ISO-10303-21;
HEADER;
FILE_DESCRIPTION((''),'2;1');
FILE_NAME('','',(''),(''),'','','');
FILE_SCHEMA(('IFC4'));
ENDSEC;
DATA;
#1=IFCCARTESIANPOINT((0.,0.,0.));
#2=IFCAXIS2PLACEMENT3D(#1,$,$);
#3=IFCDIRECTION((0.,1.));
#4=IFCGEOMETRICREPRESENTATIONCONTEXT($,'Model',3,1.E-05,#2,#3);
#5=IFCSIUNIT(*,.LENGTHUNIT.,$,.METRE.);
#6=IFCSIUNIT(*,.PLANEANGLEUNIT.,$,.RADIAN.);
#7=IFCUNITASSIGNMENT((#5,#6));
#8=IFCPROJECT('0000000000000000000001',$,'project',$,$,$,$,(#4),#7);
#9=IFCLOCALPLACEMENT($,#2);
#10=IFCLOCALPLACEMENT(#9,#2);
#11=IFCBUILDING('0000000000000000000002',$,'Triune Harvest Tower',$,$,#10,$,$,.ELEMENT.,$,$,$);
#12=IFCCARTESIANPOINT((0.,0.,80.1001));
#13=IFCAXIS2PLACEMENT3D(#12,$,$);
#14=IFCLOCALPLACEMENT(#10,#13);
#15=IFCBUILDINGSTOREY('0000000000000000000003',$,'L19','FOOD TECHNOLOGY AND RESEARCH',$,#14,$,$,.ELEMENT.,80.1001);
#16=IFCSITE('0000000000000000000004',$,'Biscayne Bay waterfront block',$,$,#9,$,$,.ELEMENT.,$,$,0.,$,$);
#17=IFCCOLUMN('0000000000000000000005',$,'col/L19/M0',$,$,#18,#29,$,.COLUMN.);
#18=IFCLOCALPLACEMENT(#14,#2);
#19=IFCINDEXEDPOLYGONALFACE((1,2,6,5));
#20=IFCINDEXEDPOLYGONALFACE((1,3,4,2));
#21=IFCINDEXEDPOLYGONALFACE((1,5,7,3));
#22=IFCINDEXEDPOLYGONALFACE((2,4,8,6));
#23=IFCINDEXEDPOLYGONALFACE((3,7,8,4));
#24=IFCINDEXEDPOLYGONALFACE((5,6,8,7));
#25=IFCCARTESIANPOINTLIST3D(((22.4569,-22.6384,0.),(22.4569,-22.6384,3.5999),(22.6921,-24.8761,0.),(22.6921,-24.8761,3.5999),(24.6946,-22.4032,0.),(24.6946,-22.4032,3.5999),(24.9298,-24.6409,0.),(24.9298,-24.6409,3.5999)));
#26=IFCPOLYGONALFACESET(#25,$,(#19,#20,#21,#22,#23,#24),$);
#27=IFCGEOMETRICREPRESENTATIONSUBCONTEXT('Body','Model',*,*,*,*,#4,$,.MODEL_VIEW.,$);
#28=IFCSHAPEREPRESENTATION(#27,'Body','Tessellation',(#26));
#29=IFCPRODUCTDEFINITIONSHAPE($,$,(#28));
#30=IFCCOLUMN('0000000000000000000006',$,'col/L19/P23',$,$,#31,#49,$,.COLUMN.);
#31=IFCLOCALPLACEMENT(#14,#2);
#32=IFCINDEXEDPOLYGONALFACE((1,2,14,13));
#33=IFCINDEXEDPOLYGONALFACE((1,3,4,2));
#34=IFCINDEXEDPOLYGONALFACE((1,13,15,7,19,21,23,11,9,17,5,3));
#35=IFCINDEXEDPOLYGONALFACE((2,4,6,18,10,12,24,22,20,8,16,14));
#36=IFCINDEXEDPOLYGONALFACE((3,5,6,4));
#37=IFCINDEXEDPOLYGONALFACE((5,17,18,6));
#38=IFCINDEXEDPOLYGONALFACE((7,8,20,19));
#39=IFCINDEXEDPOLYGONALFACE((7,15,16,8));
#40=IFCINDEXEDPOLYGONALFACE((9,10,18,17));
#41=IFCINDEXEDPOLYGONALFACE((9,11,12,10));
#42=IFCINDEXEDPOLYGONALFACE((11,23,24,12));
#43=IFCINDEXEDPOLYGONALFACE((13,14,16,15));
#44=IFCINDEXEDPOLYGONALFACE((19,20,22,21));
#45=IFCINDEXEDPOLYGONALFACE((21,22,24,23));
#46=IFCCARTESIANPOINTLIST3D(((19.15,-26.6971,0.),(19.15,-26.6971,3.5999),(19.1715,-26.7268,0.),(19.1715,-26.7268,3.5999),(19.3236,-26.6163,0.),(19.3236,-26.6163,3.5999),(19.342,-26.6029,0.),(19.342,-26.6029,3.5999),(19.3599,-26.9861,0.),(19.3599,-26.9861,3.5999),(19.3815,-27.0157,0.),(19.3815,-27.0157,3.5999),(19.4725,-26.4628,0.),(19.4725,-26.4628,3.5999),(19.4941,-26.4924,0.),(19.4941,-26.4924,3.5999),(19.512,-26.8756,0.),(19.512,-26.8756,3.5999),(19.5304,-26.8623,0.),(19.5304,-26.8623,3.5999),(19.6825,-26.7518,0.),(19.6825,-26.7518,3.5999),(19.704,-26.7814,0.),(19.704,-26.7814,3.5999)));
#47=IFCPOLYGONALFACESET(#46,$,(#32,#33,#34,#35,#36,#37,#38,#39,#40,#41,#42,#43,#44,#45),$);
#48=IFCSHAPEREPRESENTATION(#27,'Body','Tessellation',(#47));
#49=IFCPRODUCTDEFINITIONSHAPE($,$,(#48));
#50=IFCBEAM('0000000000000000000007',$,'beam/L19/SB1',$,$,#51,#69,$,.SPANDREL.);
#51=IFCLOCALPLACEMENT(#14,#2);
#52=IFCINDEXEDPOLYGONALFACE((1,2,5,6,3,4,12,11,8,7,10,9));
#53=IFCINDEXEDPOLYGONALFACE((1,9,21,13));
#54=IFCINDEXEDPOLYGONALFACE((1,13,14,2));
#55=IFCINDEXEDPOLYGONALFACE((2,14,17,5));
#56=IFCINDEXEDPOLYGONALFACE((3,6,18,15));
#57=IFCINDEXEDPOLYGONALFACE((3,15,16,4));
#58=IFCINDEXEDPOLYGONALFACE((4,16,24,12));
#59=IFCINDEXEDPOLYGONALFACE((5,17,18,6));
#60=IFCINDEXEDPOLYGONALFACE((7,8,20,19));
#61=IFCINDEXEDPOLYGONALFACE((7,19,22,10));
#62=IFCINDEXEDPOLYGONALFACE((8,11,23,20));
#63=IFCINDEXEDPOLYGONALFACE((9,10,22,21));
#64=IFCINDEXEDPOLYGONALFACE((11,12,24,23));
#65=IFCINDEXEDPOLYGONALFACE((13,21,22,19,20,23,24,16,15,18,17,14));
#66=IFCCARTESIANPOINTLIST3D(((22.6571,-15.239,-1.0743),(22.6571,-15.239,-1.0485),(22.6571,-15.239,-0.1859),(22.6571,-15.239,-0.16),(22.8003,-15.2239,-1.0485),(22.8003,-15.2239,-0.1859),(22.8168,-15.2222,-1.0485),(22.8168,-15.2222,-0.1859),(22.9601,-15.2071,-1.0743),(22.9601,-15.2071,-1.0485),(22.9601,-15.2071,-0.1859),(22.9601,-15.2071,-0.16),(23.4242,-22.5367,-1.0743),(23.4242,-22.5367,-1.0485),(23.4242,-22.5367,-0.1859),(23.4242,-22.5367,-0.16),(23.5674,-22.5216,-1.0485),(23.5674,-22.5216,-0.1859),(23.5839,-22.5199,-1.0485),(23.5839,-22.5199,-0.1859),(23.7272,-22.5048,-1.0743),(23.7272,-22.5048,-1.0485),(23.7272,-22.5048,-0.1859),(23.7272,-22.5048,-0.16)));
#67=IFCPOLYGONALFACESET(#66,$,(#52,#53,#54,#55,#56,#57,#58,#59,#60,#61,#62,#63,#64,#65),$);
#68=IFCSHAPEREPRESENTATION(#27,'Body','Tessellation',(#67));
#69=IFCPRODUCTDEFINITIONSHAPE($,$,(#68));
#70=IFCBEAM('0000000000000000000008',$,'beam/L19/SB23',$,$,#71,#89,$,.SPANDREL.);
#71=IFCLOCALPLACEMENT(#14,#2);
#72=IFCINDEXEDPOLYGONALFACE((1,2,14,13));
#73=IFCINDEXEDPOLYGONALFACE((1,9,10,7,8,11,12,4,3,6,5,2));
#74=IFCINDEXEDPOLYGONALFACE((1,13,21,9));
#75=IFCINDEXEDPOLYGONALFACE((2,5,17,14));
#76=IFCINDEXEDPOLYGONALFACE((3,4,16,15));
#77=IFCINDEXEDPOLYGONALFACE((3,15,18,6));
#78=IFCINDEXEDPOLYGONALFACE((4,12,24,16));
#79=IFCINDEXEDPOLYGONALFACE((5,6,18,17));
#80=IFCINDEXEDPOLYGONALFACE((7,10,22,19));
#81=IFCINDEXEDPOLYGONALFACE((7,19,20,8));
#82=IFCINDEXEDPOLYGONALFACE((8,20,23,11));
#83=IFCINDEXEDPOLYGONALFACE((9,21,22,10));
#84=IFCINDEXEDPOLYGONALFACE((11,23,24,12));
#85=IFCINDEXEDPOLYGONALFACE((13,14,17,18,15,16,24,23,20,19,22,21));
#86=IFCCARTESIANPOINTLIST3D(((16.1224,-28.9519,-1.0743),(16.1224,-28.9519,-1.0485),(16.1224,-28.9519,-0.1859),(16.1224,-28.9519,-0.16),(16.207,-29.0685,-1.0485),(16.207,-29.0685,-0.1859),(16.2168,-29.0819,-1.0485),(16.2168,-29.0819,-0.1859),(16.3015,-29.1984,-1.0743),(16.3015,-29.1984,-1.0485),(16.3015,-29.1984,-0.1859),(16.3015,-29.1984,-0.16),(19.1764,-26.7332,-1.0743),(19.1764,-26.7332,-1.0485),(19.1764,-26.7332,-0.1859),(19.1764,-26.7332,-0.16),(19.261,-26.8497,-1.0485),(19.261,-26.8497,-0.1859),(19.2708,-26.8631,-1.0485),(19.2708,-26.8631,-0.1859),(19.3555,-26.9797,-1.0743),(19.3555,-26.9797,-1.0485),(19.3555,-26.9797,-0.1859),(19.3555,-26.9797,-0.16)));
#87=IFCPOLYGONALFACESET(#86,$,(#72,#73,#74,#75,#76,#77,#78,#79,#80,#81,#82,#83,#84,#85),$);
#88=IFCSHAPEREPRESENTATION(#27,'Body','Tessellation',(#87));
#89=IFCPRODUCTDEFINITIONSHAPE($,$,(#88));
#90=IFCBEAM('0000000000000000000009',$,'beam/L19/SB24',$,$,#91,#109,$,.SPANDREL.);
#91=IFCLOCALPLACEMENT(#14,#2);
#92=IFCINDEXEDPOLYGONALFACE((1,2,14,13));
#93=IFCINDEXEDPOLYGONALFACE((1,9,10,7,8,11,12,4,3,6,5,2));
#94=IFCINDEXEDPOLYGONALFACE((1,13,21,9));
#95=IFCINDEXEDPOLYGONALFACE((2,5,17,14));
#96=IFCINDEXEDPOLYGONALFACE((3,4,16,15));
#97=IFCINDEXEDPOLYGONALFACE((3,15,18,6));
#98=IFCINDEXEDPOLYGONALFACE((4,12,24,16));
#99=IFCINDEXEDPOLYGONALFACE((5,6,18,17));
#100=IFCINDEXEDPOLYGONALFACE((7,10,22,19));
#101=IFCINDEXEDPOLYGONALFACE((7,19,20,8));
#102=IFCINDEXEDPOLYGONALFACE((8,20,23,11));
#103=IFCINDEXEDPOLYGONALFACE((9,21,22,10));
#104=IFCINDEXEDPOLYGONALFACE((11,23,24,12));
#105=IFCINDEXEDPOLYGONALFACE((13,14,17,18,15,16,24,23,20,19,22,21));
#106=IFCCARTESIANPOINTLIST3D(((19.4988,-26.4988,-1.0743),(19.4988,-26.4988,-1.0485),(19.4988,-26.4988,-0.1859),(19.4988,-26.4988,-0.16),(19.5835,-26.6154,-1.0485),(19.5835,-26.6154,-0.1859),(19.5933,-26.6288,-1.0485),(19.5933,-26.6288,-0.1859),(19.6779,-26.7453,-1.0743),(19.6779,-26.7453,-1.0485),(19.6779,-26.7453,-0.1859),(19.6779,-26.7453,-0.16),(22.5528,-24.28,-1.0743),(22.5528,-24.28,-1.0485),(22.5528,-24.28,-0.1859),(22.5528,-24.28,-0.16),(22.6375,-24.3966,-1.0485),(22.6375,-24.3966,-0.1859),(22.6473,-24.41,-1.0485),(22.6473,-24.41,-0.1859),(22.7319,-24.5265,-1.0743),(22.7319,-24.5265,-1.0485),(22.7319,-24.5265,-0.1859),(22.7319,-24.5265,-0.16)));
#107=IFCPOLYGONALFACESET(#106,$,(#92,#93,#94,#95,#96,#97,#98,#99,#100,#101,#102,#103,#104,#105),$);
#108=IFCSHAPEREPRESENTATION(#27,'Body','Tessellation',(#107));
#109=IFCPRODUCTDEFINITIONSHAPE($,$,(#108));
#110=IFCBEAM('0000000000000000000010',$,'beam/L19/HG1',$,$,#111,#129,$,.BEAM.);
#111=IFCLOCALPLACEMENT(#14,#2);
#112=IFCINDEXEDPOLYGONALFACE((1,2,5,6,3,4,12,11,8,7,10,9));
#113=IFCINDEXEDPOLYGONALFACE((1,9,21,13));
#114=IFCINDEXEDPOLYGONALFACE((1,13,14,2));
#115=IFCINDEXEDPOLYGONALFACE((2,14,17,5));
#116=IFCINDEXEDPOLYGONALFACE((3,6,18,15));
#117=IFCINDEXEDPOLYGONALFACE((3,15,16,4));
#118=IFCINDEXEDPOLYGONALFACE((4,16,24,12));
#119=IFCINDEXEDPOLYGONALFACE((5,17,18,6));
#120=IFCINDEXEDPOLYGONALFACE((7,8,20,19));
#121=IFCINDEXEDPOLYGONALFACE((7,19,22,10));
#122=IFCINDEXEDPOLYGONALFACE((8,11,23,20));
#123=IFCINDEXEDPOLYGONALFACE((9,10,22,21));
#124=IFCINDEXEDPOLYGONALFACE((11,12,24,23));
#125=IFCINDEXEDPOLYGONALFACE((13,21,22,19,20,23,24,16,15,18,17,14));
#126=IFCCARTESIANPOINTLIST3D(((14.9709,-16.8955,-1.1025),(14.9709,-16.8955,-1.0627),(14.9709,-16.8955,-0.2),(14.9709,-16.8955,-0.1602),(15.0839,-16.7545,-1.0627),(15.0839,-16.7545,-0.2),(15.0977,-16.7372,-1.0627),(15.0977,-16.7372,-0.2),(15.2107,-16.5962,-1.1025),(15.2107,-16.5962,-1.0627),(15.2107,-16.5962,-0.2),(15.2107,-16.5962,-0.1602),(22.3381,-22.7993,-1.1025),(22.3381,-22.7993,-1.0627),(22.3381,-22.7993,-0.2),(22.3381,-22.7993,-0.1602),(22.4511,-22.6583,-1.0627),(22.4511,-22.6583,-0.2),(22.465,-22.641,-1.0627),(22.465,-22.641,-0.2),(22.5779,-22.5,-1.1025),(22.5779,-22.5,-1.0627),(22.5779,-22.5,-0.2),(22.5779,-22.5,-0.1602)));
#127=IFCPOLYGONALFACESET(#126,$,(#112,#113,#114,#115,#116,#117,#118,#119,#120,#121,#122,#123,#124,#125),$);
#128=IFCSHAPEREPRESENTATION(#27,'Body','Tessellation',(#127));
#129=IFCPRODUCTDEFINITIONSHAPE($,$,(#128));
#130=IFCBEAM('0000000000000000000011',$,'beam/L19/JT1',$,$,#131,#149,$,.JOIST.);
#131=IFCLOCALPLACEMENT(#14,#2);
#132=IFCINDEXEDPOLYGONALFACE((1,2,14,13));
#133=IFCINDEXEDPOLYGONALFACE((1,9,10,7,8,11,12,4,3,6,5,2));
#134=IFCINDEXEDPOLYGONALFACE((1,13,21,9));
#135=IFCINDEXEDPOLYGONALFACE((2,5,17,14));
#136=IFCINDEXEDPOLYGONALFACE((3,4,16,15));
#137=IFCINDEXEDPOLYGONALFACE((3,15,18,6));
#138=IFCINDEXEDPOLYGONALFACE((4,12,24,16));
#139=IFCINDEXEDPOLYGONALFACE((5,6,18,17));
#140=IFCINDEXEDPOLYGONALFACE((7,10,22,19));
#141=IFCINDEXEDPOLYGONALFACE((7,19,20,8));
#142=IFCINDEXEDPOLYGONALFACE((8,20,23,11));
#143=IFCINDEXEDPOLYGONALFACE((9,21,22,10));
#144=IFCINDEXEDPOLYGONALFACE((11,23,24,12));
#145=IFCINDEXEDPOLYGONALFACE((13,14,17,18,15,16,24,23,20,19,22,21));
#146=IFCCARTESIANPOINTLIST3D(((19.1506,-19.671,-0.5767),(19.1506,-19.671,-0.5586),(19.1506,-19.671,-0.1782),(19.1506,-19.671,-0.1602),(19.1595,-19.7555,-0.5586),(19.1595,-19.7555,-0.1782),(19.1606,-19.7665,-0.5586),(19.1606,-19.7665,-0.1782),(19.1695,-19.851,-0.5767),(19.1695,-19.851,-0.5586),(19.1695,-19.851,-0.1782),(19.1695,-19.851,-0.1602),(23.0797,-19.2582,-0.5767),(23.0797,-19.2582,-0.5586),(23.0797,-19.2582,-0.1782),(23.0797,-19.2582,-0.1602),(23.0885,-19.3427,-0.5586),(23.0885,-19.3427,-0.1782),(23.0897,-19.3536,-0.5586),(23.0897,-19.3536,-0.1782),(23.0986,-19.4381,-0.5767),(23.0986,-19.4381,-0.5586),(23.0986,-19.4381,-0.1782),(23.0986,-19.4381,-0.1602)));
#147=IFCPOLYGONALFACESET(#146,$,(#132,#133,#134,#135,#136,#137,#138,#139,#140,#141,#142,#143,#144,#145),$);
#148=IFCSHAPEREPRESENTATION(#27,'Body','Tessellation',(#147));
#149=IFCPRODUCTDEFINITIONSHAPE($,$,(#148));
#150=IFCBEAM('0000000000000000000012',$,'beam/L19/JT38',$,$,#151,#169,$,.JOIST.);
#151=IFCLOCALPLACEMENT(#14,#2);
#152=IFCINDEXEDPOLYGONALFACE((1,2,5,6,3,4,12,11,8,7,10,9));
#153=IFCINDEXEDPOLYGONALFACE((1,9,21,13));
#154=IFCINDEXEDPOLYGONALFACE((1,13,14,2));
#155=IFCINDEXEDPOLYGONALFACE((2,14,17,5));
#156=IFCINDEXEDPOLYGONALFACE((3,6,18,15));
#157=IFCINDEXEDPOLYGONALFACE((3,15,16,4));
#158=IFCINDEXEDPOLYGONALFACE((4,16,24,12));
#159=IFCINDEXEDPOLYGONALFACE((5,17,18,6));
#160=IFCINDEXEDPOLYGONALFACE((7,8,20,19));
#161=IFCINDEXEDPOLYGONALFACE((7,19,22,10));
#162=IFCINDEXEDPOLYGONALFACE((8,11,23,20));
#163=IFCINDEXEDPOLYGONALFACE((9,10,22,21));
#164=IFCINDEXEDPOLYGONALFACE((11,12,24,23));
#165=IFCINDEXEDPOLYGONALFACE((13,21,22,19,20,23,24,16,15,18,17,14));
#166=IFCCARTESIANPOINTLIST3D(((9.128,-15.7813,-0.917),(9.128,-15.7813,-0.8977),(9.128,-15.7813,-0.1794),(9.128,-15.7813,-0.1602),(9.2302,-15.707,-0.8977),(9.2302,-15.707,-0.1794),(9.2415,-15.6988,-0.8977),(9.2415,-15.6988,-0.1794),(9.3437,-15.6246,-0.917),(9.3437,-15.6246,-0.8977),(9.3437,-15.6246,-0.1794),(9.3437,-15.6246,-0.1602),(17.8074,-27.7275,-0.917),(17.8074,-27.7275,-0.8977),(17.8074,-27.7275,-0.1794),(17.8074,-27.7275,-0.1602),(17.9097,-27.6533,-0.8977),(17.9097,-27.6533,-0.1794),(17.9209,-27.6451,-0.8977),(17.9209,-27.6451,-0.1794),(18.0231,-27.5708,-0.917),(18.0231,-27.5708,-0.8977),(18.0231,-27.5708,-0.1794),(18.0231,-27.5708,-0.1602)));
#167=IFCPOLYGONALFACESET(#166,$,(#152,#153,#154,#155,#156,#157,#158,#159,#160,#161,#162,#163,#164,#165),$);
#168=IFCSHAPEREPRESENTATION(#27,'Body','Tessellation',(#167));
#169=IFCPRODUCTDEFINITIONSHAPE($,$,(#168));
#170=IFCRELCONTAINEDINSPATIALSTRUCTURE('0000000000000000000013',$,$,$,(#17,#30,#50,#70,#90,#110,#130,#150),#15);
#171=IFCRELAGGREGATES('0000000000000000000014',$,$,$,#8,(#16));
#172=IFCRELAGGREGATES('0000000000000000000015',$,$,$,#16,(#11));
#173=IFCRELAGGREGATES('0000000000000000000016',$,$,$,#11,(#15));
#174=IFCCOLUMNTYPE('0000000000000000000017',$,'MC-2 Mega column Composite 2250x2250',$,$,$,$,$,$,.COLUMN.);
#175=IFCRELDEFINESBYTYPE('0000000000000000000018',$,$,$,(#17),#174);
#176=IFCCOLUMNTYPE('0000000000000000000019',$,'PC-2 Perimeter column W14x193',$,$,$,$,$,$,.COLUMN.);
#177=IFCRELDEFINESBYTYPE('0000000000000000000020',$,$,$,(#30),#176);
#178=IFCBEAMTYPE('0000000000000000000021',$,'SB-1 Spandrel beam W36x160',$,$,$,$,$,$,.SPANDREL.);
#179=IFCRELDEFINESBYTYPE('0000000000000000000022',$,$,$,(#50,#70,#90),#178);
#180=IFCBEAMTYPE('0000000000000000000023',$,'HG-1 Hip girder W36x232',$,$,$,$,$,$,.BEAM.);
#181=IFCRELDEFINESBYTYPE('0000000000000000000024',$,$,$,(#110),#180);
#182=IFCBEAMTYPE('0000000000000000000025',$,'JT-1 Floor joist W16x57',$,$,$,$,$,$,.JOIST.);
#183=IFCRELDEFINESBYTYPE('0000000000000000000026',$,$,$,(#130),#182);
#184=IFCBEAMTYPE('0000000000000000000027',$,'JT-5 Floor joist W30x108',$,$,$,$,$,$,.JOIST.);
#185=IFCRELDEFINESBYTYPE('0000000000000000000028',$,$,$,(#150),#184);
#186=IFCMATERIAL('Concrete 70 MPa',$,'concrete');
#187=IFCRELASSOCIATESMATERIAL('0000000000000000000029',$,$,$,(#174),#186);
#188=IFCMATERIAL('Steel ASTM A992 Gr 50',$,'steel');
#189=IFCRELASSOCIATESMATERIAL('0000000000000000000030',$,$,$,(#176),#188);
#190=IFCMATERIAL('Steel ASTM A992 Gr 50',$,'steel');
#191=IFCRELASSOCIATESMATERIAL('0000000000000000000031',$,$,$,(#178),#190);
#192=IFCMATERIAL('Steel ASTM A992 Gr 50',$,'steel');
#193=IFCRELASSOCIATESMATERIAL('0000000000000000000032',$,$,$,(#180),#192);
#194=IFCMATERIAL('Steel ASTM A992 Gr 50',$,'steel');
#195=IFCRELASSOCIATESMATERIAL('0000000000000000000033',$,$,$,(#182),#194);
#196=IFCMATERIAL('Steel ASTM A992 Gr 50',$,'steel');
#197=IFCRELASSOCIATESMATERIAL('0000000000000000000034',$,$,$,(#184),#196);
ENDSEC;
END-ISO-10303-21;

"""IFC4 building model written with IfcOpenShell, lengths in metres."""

from ifc_helpers import new_model, si_unit, direction, frame, origin, origin_2d, place, context, subcontext, project, spatial, rectangle, i_section, extrude, source, transform, mapped, material, material_profile, profile_set, type_object, element, save


model = new_model("IFC4")

# Units and contexts
model_context = context("Model", 3, precision=1e-05, world=origin(), true_north=direction((0.0, 1.0)))
body_context = subcontext(model_context, "Body", "Model", "MODEL_VIEW")
ifc_project = project(units=[si_unit("LENGTHUNIT", "METRE"), si_unit("PLANEANGLEUNIT", "RADIAN")], contexts=[model_context])

# Site, building, storey
site_placement = place(None, origin())
site = spatial("IfcSite", under=ifc_project, at=site_placement, Name="Biscayne Bay waterfront block", CompositionType="ELEMENT", RefElevation=0.0)
building_placement = place(site_placement, origin())
building = spatial("IfcBuilding", under=site, at=building_placement, Name="Triune Harvest Tower", CompositionType="ELEMENT")
storey_placement = place(building_placement, frame((0.0, 0.0, 80.1001)))
storey = spatial("IfcBuildingStorey", under=building, at=storey_placement, Name="L19", Description="FOOD TECHNOLOGY AND RESEARCH", CompositionType="ELEMENT", Elevation=80.1001)

# Columns
ifc_material_1 = material(Name="Concrete 70 MPa", Category="concrete")
ifc_material_profile_1 = material_profile(ifc_material_1, rectangle(XDim=2.25, YDim=2.25, at=origin_2d()), Name="Composite 2250x2250")
ifc_profile_set_1 = profile_set([ifc_material_profile_1], Name="Concrete 70 MPa")
column_type_1 = type_object("IfcColumnType", Name="MC-2 Mega column Composite 2250x2250", PredefinedType="COLUMN", material=ifc_profile_set_1)
shared_shape_1 = source(origin(), body_context, "Body", "SweptSolid", [
    extrude(rectangle(XDim=2.25, YDim=2.25, at=origin_2d()), origin(), (0.0, 0.0, 1.0), 3.5999),
])
column_1_placement = place(storey_placement, frame((23.6934, -23.6396, 0.0), z_axis=(0.0, 0.0, 1.0), x_axis=(-0.104527, 0.994522, 0.0)))
element("IfcColumn", 1, at=column_1_placement, inside=storey, type_object=column_type_1, Name="col/L19/M0", PredefinedType="COLUMN", context=body_context, shape_type="MappedRepresentation", body=[
    mapped(shared_shape_1, transform((0.0, 0.0, 0.0), scale=1.0)),
])
ifc_material_2 = material(Name="Steel ASTM A992 Gr 50", Category="steel")
ifc_material_profile_2 = material_profile(ifc_material_2, i_section(OverallWidth=0.3987, OverallDepth=0.3938, WebThickness=0.0227, FlangeThickness=0.0366, at=origin_2d()), Name="W14x193")
ifc_profile_set_2 = profile_set([ifc_material_profile_2], Name="Steel ASTM A992 Gr 50")
column_type_2 = type_object("IfcColumnType", Name="PC-2 Perimeter column W14x193", PredefinedType="COLUMN", material=ifc_profile_set_2)
shared_shape_2 = source(origin(), body_context, "Body", "SweptSolid", [
    extrude(i_section(OverallWidth=0.3987, OverallDepth=0.3938, WebThickness=0.0227, FlangeThickness=0.0366, at=origin_2d()), origin(), (0.0, 0.0, 1.0), 3.5999),
])
column_2_placement = place(storey_placement, frame((19.427, -26.7393, 0.0), z_axis=(0.0, 0.0, 1.0), x_axis=(0.809015, 0.587788, 0.0)))
element("IfcColumn", 2, at=column_2_placement, inside=storey, type_object=column_type_2, Name="col/L19/P23", PredefinedType="COLUMN", context=body_context, shape_type="MappedRepresentation", body=[
    mapped(shared_shape_2, transform((0.0, 0.0, 0.0), scale=1.0)),
])

# Beams
ifc_material_3 = material(Name="Steel ASTM A992 Gr 50", Category="steel")
ifc_material_profile_3 = material_profile(ifc_material_3, i_section(OverallWidth=0.3047, OverallDepth=0.9143, WebThickness=0.0166, FlangeThickness=0.0259, at=origin_2d()), Name="W36x160")
ifc_profile_set_3 = profile_set([ifc_material_profile_3], Name="Steel ASTM A992 Gr 50")
beam_type_1 = type_object("IfcBeamType", Name="SB-1 Spandrel beam W36x160", PredefinedType="SPANDREL", material=ifc_profile_set_3)
shared_shape_3 = source(origin(), body_context, "Body", "SweptSolid", [
    extrude(i_section(OverallWidth=0.3047, OverallDepth=0.9143, WebThickness=0.0166, FlangeThickness=0.0259, at=origin_2d()), origin(), (0.0, 0.0, 1.0), 7.3379),
])
beam_1_placement = place(storey_placement, frame((23.5757, -22.5208, -0.6172), z_axis=(-0.104539, 0.994521, 0.0), x_axis=(-0.994521, -0.104539, 0.0)))
element("IfcBeam", 3, at=beam_1_placement, inside=storey, type_object=beam_type_1, Name="beam/L19/SB1", PredefinedType="SPANDREL", context=body_context, shape_type="MappedRepresentation", body=[
    mapped(shared_shape_3, transform((0.0, 0.0, 0.0), scale=1.0)),
])
shared_shape_4 = source(origin(), body_context, "Body", "SweptSolid", [
    extrude(i_section(OverallWidth=0.3047, OverallDepth=0.9143, WebThickness=0.0166, FlangeThickness=0.0259, at=origin_2d()), origin(), (0.0, 0.0, 1.0), 3.7749),
])
for number, where, z_axis, x_axis, name in (
    (4, (16.2119, -29.0752, -0.6172), (0.809027, 0.587772, 0.0), (-0.587772, 0.809027, 0.0), "beam/L19/SB23"),
    (5, (19.5884, -26.6221, -0.6172), (0.809027, 0.587772, 0.0), (-0.587772, 0.809027, 0.0), "beam/L19/SB24"),
):
    element("IfcBeam", number, at=place(storey_placement, frame(where, z_axis=z_axis, x_axis=x_axis)), inside=storey, type_object=beam_type_1, Name=name, PredefinedType="SPANDREL", context=body_context, shape_type="MappedRepresentation", body=[
        mapped(shared_shape_4, transform((0.0, 0.0, 0.0), scale=1.0)),
    ])
ifc_material_4 = material(Name="Steel ASTM A992 Gr 50", Category="steel")
ifc_material_profile_4 = material_profile(ifc_material_4, i_section(OverallWidth=0.3835, OverallDepth=0.9424, WebThickness=0.0222, FlangeThickness=0.0398, at=origin_2d()), Name="W36x232")
ifc_profile_set_4 = profile_set([ifc_material_profile_4], Name="Steel ASTM A992 Gr 50")
beam_type_2 = type_object("IfcBeamType", Name="HG-1 Hip girder W36x232", PredefinedType="BEAM", material=ifc_profile_set_4)
shared_shape_5 = source(origin(), body_context, "Body", "SweptSolid", [
    extrude(i_section(OverallWidth=0.3835, OverallDepth=0.9424, WebThickness=0.0222, FlangeThickness=0.0398, at=origin_2d()), origin(), (0.0, 0.0, 1.0), 9.4409),
])
beam_2_placement = place(storey_placement, frame((22.458, -22.6497, -0.6313), z_axis=(-0.780349, 0.625344, 0.0), x_axis=(-0.625344, -0.780349, 0.0)))
element("IfcBeam", 6, at=beam_2_placement, inside=storey, type_object=beam_type_2, Name="beam/L19/HG1", PredefinedType="BEAM", context=body_context, shape_type="MappedRepresentation", body=[
    mapped(shared_shape_5, transform((0.0, 0.0, 0.0), scale=1.0)),
])
ifc_material_5 = material(Name="Steel ASTM A992 Gr 50", Category="steel")
ifc_material_profile_5 = material_profile(ifc_material_5, i_section(OverallWidth=0.1809, OverallDepth=0.4165, WebThickness=0.011, FlangeThickness=0.0181, at=origin_2d()), Name="W16x57")
ifc_profile_set_5 = profile_set([ifc_material_profile_5], Name="Steel ASTM A992 Gr 50")
beam_type_3 = type_object("IfcBeamType", Name="JT-1 Floor joist W16x57", PredefinedType="JOIST", material=ifc_profile_set_5)
shared_shape_6 = source(origin(), body_context, "Body", "SweptSolid", [
    extrude(i_section(OverallWidth=0.1809, OverallDepth=0.4165, WebThickness=0.011, FlangeThickness=0.0181, at=origin_2d()), origin(), (0.0, 0.0, 1.0), 3.9507),
])
beam_3_placement = place(storey_placement, frame((23.0891, -19.3481, -0.3684), z_axis=(-0.994525, -0.104501, 0.0), x_axis=(0.104501, -0.994525, 0.0)))
element("IfcBeam", 7, at=beam_3_placement, inside=storey, type_object=beam_type_3, Name="beam/L19/JT1", PredefinedType="JOIST", context=body_context, shape_type="MappedRepresentation", body=[
    mapped(shared_shape_6, transform((0.0, 0.0, 0.0), scale=1.0)),
])
ifc_material_6 = material(Name="Steel ASTM A992 Gr 50", Category="steel")
ifc_material_profile_6 = material_profile(ifc_material_6, i_section(OverallWidth=0.2666, OverallDepth=0.7568, WebThickness=0.0139, FlangeThickness=0.0193, at=origin_2d()), Name="W30x108")
ifc_profile_set_6 = profile_set([ifc_material_profile_6], Name="Steel ASTM A992 Gr 50")
beam_type_4 = type_object("IfcBeamType", Name="JT-5 Floor joist W30x108", PredefinedType="JOIST", material=ifc_profile_set_6)
shared_shape_7 = source(origin(), body_context, "Body", "SweptSolid", [
    extrude(i_section(OverallWidth=0.2666, OverallDepth=0.7568, WebThickness=0.0139, FlangeThickness=0.0193, at=origin_2d()), origin(), (0.0, 0.0, 1.0), 14.7664),
])
beam_4_placement = place(storey_placement, frame((17.9153, -27.6492, -0.5386), z_axis=(-0.587783, 0.809018, 0.0), x_axis=(-0.809018, -0.587783, 0.0)))
element("IfcBeam", 8, at=beam_4_placement, inside=storey, type_object=beam_type_4, Name="beam/L19/JT38", PredefinedType="JOIST", context=body_context, shape_type="MappedRepresentation", body=[
    mapped(shared_shape_7, transform((0.0, 0.0, 0.0), scale=1.0)),
])

save(model, "model.ifc")
